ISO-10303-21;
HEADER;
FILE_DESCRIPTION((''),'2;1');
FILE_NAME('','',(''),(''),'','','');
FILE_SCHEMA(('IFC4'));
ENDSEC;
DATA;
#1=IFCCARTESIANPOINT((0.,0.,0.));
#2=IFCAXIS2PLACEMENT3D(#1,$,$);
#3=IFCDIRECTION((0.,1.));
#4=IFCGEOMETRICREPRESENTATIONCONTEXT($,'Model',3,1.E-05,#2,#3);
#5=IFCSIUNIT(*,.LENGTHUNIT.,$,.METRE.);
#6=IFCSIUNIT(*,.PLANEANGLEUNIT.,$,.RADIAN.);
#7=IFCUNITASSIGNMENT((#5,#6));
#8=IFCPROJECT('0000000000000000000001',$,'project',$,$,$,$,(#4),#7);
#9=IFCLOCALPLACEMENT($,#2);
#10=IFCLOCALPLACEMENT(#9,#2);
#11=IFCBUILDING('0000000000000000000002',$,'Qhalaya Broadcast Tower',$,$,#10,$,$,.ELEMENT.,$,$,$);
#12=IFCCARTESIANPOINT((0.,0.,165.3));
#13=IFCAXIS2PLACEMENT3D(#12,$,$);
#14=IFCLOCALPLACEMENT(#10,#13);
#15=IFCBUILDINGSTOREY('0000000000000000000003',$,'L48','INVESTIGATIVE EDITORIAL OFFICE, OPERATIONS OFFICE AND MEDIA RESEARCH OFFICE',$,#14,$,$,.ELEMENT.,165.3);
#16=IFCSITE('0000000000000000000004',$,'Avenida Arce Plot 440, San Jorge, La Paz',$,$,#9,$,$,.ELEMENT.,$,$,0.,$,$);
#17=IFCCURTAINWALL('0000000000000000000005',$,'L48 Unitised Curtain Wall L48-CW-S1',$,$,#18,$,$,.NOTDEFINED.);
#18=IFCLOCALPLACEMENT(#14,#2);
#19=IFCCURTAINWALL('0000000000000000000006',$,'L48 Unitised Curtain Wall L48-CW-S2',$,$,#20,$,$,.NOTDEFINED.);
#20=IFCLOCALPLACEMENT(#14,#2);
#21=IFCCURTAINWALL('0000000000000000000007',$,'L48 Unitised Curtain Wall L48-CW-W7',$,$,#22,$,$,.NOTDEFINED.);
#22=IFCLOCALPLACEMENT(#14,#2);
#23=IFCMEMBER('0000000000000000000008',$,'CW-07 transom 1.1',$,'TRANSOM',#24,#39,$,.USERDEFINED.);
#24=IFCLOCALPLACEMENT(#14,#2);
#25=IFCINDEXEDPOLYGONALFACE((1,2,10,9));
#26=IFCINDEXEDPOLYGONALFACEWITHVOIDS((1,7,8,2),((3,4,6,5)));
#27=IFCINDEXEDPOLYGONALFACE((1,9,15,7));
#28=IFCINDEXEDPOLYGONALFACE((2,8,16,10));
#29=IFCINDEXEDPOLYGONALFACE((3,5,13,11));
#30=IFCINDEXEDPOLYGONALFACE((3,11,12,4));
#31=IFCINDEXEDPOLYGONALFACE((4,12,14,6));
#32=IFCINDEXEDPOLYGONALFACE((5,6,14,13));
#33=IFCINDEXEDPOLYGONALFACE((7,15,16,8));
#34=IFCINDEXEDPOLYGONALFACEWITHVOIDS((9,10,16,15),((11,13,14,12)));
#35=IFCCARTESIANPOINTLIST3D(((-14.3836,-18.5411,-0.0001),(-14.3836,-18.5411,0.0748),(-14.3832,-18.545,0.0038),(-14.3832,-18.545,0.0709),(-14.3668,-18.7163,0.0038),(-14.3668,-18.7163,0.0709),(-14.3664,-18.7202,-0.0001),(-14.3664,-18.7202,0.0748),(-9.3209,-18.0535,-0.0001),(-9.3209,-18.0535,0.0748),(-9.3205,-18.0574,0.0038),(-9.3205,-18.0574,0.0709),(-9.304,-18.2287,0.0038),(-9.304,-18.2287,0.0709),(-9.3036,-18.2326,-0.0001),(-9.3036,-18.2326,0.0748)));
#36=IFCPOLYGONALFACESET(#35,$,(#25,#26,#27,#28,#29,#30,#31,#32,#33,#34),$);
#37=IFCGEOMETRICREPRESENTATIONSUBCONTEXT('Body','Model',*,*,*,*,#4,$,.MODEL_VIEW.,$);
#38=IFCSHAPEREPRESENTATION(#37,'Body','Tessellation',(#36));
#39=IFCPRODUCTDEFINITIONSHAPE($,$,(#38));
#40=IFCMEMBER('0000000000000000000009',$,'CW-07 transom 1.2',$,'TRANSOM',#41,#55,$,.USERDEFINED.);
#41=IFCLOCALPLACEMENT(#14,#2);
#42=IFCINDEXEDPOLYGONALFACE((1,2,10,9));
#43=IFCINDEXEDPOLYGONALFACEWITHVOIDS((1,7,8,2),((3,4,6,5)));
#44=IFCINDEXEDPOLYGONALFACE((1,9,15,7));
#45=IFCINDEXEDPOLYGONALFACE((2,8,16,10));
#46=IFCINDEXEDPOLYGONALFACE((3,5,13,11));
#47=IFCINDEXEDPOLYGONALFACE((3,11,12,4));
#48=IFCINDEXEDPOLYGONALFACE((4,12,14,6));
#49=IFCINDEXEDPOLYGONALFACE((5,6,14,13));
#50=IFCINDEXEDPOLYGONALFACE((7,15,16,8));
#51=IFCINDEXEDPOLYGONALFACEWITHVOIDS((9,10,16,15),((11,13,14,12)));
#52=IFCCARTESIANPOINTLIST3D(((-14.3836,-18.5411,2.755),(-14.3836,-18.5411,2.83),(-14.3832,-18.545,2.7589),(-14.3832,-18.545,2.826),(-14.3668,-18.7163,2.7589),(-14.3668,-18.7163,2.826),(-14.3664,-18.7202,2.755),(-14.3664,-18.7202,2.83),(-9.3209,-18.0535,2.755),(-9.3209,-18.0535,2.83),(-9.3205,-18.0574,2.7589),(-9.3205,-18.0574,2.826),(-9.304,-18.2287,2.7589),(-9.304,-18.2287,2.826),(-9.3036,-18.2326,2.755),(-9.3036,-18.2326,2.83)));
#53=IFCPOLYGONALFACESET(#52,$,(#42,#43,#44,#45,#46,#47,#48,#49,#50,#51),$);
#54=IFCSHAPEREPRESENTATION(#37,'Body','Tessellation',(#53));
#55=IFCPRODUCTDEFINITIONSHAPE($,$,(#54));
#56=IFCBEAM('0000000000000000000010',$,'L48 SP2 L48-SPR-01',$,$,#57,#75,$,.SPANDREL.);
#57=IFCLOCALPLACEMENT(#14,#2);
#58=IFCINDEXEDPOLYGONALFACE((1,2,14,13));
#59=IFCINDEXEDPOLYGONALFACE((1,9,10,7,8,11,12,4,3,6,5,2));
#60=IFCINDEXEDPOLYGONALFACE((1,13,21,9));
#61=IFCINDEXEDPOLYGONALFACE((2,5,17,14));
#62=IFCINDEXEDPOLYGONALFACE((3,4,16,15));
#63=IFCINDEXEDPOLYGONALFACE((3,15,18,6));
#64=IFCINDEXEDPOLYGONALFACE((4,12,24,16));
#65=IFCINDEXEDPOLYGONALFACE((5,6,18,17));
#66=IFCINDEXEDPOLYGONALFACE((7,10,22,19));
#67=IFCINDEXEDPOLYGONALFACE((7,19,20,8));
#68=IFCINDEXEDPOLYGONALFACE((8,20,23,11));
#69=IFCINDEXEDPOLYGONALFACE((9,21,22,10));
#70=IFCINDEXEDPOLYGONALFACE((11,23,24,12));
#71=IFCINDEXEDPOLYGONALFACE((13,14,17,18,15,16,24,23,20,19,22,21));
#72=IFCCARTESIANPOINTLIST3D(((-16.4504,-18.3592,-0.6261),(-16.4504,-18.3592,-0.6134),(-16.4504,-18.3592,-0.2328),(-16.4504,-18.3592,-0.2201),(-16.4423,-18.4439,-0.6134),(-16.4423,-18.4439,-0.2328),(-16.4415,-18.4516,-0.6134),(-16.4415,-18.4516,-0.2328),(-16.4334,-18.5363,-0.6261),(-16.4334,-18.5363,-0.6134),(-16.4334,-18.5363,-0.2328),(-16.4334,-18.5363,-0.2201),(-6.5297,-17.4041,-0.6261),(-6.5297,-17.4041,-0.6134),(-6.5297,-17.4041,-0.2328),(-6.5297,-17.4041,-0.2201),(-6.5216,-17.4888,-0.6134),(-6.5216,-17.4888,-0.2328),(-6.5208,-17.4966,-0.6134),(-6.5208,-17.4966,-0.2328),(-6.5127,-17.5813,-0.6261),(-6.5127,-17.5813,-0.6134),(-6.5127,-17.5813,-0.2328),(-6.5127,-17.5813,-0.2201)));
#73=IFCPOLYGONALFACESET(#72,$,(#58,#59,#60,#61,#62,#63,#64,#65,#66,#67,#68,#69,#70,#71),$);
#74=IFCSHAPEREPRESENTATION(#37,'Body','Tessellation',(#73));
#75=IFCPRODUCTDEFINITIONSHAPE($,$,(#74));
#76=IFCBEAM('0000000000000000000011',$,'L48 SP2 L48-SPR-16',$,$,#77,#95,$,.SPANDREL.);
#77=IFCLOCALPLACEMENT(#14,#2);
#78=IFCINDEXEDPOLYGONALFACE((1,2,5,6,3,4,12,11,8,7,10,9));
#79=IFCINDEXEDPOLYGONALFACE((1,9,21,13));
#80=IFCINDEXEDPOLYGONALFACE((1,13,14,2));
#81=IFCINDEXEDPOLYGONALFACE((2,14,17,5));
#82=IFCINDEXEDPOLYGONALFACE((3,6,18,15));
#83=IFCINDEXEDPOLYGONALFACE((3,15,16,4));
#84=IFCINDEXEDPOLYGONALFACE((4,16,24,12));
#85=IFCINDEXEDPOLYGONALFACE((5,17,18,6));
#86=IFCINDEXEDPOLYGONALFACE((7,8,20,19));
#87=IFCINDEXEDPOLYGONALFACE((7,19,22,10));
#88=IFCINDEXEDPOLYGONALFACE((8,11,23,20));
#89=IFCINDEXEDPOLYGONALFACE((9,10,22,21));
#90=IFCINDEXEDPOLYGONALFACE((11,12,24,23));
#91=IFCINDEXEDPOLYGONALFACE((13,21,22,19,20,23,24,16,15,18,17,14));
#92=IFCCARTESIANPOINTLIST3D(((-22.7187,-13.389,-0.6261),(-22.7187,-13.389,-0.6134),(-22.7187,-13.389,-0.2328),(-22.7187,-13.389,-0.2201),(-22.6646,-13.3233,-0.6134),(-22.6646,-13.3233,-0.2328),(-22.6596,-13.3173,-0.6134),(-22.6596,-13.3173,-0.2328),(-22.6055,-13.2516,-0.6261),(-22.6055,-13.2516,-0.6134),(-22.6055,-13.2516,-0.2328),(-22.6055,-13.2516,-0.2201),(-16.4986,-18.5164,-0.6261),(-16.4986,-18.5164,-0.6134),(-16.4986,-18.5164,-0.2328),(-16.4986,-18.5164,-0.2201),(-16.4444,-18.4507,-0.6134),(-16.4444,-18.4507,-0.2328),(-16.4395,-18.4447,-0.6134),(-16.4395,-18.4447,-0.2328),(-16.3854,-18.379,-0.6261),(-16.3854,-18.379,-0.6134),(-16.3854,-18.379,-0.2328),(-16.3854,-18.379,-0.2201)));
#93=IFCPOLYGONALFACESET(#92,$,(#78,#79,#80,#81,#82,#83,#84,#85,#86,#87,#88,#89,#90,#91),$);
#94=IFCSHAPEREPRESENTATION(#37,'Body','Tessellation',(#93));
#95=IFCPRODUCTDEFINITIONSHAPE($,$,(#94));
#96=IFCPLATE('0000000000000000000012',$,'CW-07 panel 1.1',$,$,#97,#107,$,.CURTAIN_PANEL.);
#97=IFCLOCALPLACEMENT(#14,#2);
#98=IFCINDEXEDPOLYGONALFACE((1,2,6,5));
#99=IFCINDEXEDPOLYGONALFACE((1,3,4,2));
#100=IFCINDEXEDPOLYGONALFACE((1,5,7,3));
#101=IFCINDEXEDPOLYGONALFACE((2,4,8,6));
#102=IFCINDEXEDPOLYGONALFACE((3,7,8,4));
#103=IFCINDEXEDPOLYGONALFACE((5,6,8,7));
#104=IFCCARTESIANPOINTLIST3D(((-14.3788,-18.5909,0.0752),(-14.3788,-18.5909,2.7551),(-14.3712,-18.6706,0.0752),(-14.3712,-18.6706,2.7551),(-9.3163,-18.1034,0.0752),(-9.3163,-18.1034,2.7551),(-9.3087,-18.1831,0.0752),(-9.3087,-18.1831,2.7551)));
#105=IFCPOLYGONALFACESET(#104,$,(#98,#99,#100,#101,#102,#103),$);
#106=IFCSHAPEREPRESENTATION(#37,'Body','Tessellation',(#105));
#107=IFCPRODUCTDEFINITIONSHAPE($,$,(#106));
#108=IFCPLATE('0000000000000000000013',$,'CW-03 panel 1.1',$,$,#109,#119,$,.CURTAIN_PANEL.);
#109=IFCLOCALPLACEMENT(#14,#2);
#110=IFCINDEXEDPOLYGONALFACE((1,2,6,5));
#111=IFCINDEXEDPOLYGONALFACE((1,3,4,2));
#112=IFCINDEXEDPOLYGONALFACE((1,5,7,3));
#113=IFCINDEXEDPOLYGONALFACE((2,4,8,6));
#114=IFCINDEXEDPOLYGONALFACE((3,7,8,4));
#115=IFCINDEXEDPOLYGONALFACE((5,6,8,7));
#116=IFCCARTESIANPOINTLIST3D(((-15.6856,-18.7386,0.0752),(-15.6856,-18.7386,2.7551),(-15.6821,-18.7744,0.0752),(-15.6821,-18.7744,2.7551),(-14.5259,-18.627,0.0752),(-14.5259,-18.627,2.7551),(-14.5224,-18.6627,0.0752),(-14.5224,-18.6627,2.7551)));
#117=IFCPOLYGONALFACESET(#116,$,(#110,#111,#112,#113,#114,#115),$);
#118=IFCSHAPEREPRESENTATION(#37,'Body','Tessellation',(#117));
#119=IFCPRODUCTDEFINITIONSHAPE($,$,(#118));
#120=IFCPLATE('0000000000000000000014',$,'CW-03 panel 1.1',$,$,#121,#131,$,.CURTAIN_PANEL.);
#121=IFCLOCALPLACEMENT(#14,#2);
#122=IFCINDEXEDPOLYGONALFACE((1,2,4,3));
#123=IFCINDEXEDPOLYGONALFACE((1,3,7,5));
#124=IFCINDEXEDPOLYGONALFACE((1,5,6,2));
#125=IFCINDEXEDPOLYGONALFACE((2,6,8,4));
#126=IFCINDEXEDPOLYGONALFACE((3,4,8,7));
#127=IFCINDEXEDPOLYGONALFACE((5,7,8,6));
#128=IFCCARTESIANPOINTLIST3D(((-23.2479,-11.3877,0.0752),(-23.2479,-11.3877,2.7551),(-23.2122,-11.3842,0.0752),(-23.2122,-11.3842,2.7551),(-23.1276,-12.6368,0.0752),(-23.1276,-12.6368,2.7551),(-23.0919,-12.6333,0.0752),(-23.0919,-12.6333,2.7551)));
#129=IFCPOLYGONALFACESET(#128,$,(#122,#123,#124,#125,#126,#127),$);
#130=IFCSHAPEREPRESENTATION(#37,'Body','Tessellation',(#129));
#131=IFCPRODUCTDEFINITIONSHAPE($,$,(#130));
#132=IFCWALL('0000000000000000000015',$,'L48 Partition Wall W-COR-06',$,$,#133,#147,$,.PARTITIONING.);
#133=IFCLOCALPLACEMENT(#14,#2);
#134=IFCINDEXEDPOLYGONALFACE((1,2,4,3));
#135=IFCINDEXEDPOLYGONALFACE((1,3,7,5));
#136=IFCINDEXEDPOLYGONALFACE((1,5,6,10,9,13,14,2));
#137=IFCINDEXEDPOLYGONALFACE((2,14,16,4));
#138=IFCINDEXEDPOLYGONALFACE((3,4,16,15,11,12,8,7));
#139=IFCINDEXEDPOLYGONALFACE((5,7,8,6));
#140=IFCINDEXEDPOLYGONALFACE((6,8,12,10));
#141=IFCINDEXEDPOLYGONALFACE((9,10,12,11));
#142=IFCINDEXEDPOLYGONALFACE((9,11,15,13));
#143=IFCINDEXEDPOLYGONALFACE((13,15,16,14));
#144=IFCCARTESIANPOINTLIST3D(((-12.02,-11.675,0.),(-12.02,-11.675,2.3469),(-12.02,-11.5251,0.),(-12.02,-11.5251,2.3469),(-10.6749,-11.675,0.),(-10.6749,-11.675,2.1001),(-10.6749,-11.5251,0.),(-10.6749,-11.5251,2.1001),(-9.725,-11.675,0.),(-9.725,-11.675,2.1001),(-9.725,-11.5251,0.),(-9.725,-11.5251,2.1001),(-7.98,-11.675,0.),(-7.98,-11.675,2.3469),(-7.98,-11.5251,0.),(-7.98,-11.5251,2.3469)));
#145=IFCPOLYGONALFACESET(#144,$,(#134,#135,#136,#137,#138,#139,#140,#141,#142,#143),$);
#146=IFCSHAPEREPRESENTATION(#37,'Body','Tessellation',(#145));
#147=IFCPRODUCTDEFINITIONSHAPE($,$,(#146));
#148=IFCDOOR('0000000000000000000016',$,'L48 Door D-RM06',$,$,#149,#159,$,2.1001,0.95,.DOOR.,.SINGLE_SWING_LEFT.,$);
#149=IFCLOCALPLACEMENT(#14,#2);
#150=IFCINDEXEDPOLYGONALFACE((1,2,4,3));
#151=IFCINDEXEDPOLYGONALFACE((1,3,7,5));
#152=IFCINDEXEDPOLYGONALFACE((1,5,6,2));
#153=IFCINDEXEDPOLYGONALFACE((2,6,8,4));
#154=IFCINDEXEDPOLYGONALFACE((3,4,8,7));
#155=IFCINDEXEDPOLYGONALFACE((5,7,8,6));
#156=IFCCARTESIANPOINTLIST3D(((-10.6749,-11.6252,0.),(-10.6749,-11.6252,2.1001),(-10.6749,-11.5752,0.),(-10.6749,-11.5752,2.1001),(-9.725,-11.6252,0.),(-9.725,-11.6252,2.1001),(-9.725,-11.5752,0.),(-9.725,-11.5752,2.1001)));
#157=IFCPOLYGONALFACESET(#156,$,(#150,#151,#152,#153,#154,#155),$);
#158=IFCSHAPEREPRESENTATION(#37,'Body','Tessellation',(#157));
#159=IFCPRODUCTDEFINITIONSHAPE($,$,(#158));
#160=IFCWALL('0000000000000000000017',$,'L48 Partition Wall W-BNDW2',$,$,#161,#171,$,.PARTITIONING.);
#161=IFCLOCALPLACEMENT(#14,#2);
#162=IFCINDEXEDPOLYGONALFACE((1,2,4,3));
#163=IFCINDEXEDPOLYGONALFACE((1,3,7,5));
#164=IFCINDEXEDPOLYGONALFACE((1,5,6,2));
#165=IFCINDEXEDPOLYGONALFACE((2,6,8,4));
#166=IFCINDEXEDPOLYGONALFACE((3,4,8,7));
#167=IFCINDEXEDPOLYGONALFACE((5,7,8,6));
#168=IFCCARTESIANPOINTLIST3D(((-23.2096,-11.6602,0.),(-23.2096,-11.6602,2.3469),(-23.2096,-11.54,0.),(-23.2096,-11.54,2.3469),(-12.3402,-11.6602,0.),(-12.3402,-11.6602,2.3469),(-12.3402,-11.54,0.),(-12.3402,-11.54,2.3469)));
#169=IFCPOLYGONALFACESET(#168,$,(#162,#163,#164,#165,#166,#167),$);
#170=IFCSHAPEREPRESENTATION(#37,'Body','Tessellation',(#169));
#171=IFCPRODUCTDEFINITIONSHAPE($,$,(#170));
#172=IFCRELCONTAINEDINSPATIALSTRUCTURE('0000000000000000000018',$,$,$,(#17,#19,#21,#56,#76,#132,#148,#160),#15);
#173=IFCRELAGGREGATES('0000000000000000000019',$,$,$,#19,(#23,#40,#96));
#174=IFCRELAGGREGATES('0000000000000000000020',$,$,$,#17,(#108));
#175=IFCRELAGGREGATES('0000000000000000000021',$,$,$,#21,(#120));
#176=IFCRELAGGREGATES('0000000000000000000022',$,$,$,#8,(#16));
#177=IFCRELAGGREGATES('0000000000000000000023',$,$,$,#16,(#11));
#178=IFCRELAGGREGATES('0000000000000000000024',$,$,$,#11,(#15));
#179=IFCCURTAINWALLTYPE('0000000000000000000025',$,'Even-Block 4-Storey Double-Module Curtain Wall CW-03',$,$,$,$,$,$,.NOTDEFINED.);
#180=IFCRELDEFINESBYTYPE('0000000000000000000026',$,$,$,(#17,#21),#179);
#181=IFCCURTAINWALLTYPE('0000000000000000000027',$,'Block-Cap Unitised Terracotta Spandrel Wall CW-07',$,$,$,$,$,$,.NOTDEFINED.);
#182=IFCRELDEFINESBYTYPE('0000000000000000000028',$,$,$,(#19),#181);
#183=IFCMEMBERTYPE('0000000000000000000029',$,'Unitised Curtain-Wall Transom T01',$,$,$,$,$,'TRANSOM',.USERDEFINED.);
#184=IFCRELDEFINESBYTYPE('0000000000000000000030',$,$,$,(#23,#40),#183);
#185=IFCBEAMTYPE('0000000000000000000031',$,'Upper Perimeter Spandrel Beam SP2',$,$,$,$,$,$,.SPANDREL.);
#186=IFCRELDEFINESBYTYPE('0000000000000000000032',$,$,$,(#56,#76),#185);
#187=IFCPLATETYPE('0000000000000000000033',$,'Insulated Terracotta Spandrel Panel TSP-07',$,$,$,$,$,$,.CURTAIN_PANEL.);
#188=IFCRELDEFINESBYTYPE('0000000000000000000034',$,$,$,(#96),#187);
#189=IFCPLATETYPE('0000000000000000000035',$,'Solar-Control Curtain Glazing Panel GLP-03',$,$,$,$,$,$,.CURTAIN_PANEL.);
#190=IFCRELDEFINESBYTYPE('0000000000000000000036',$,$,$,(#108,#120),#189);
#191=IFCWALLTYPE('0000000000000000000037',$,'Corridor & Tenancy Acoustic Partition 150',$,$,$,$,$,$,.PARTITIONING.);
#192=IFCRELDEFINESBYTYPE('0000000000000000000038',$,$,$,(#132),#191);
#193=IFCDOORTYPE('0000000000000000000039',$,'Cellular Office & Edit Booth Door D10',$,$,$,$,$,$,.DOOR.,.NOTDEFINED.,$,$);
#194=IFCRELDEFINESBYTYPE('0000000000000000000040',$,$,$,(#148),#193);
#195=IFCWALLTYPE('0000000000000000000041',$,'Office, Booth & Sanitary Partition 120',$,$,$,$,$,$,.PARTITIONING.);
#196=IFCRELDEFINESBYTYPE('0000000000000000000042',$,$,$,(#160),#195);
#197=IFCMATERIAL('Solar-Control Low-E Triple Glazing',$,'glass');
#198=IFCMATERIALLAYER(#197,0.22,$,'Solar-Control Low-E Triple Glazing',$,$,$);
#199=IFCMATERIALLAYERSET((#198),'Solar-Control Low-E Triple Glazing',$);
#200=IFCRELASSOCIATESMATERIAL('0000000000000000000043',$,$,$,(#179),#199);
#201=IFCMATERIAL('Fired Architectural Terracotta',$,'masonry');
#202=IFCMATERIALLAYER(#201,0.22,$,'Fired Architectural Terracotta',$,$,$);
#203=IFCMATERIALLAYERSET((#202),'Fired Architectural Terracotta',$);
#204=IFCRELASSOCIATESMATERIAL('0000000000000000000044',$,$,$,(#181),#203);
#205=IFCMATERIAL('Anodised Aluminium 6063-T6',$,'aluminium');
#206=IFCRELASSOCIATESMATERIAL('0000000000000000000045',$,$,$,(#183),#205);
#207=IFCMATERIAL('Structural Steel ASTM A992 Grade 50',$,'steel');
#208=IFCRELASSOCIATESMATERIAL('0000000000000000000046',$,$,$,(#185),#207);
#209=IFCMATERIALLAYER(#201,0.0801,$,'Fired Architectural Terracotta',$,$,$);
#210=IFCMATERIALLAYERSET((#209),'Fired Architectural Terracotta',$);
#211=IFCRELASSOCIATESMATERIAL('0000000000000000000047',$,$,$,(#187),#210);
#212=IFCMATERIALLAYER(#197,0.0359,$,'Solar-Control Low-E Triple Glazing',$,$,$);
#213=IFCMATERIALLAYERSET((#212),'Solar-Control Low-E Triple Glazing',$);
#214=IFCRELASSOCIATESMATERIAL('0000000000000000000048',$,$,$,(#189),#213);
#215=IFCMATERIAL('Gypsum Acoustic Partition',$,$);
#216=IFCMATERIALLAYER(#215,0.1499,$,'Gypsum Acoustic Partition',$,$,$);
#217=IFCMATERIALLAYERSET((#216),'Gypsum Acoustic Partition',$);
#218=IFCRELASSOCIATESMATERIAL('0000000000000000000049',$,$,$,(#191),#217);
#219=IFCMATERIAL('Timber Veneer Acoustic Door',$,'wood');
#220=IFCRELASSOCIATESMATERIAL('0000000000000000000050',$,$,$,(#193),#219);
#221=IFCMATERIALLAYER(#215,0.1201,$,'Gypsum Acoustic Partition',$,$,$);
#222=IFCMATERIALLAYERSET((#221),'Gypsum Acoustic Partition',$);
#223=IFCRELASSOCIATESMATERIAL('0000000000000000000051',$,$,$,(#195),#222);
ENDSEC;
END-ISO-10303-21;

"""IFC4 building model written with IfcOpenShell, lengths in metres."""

from ifc_helpers import new_model, si_unit, direction, frame, frame_2d, origin, origin_2d, place, context, subcontext, project, spatial, rectangle, hollow_rectangle, i_section, extrude, material, layer, layer_set, material_profile, profile_set, type_object, element, fill, aggregate, save


model = new_model("IFC4")

# Units and contexts
model_context = context("Model", 3, precision=1e-05, world=origin(), true_north=direction((0.0, 1.0)))
body_context = subcontext(model_context, "Body", "Model", "MODEL_VIEW")
ifc_project = project(units=[si_unit("LENGTHUNIT", "METRE"), si_unit("PLANEANGLEUNIT", "RADIAN")], contexts=[model_context])

# Site, building, storey
site_placement = place(None, origin())
site = spatial("IfcSite", under=ifc_project, at=site_placement, Name="Avenida Arce Plot 440, San Jorge, La Paz", CompositionType="ELEMENT", RefElevation=0.0)
building_placement = place(site_placement, origin())
building = spatial("IfcBuilding", under=site, at=building_placement, Name="Qhalaya Broadcast Tower", CompositionType="ELEMENT")
storey_placement = place(building_placement, frame((0.0, 0.0, 165.3)))
storey = spatial("IfcBuildingStorey", under=building, at=storey_placement, Name="L48", Description="INVESTIGATIVE EDITORIAL OFFICE, OPERATIONS OFFICE AND MEDIA RESEARCH OFFICE", CompositionType="ELEMENT", Elevation=165.3)

# Shared definitions
ifc_material_1 = material(Name="Structural Steel ASTM A992 Grade 50", Category="steel")

# Curtain wall
ifc_material_2 = material(Name="Solar-Control Low-E Triple Glazing", Category="glass")
ifc_layer_1 = layer(ifc_material_2, 0.22, Name="Solar-Control Low-E Triple Glazing")
ifc_layer_set_1 = layer_set([ifc_layer_1], Name="Solar-Control Low-E Triple Glazing")
curtain_wall_type_1 = type_object("IfcCurtainWallType", Name="Even-Block 4-Storey Double-Module Curtain Wall CW-03", PredefinedType="NOTDEFINED", material=ifc_layer_set_1)
curtain_wall_1_placement = place(storey_placement, origin())
curtain_wall_1 = element("IfcCurtainWall", 1, at=curtain_wall_1_placement, inside=storey, type_object=curtain_wall_type_1, Name="L48 Unitised Curtain Wall L48-CW-S1", PredefinedType="NOTDEFINED")
ifc_material_3 = material(Name="Anodised Aluminium 6063-T6", Category="aluminium")

# Curtain walls
ifc_material_4 = material(Name="Fired Architectural Terracotta", Category="masonry")
ifc_layer_2 = layer(ifc_material_4, 0.22, Name="Fired Architectural Terracotta")
ifc_layer_set_2 = layer_set([ifc_layer_2], Name="Fired Architectural Terracotta")
curtain_wall_type_2 = type_object("IfcCurtainWallType", Name="Block-Cap Unitised Terracotta Spandrel Wall CW-07", PredefinedType="NOTDEFINED", material=ifc_layer_set_2)
curtain_wall_2_placement = place(storey_placement, origin())
curtain_wall_2 = element("IfcCurtainWall", 2, at=curtain_wall_2_placement, inside=storey, type_object=curtain_wall_type_2, Name="L48 Unitised Curtain Wall L48-CW-S2", PredefinedType="NOTDEFINED")
curtain_wall_3_placement = place(storey_placement, origin())
curtain_wall_3 = element("IfcCurtainWall", 3, at=curtain_wall_3_placement, inside=storey, type_object=curtain_wall_type_1, Name="L48 Unitised Curtain Wall L48-CW-W7", PredefinedType="NOTDEFINED")

# Members
ifc_material_profile_1 = material_profile(ifc_material_3, hollow_rectangle(XDim=0.075, YDim=0.1799, WallThickness=0.0039, at=origin_2d()), Name="ALU-TRN 75x180x4")
ifc_profile_set_1 = profile_set([ifc_material_profile_1], Name="Anodised Aluminium 6063-T6")
member_type_1 = type_object("IfcMemberType", Name="Unitised Curtain-Wall Transom T01", ElementType="TRANSOM", PredefinedType="USERDEFINED", material=ifc_profile_set_1)
member_1_placement = place(storey_placement, frame((-14.375, -18.6306, 0.0374), z_axis=(0.995395, 0.095858, 0.0), x_axis=(0.0, 0.0, 1.0)))
member_1 = element("IfcMember", 4, at=member_1_placement, type_object=member_type_1, Name="CW-07 transom 1.1", ObjectType="TRANSOM", PredefinedType="USERDEFINED", context=body_context, shape_type="SweptSolid", body=[
    extrude(hollow_rectangle(XDim=0.075, YDim=0.1799, WallThickness=0.0039, at=origin_2d()), origin(), (0.0, 0.0, 1.0), 5.0862),
])
member_2_placement = place(storey_placement, frame((-14.375, -18.6306, 2.7925), z_axis=(0.995395, 0.095858, 0.0), x_axis=(0.0, 0.0, 1.0)))
member_2 = element("IfcMember", 5, at=member_2_placement, type_object=member_type_1, Name="CW-07 transom 1.2", ObjectType="TRANSOM", PredefinedType="USERDEFINED", context=body_context, shape_type="SweptSolid", body=[
    extrude(hollow_rectangle(XDim=0.075, YDim=0.1799, WallThickness=0.0039, at=origin_2d()), origin(), (0.0, 0.0, 1.0), 5.0862),
])

# Beams
ifc_material_profile_2 = material_profile(ifc_material_1, i_section(OverallWidth=0.178, OverallDepth=0.406, WebThickness=0.0078, FlangeThickness=0.0127, at=origin_2d()), Name="W16X40")
ifc_profile_set_2 = profile_set([ifc_material_profile_2], Name="Structural Steel ASTM A992 Grade 50")
beam_type_1 = type_object("IfcBeamType", Name="Upper Perimeter Spandrel Beam SP2", PredefinedType="SPANDREL", material=ifc_profile_set_2)
beam_1_placement = place(storey_placement, frame((-16.4419, -18.4478, -0.4231), z_axis=(0.995398, 0.095829, 0.0), x_axis=(-0.095829, 0.995398, 0.0)))
element("IfcBeam", 6, at=beam_1_placement, inside=storey, type_object=beam_type_1, Name="L48 SP2 L48-SPR-01", PredefinedType="SPANDREL", context=body_context, shape_type="SweptSolid", body=[
    extrude(i_section(OverallWidth=0.178, OverallDepth=0.406, WebThickness=0.0078, FlangeThickness=0.0127, at=origin_2d()), origin(), (0.0, 0.0, 1.0), 9.9666),
])
beam_2_placement = place(storey_placement, frame((-22.6621, -13.3203, -0.4231), z_axis=(0.771631, -0.63607, 0.0), x_axis=(0.63607, 0.771631, 0.0)))
element("IfcBeam", 7, at=beam_2_placement, inside=storey, type_object=beam_type_1, Name="L48 SP2 L48-SPR-16", PredefinedType="SPANDREL", context=body_context, shape_type="SweptSolid", body=[
    extrude(i_section(OverallWidth=0.178, OverallDepth=0.406, WebThickness=0.0078, FlangeThickness=0.0127, at=origin_2d()), origin(), (0.0, 0.0, 1.0), 8.061),
])

# Plates
ifc_layer_3 = layer(ifc_material_4, 0.0801, Name="Fired Architectural Terracotta")
ifc_layer_set_3 = layer_set([ifc_layer_3], Name="Fired Architectural Terracotta")
plate_type_1 = type_object("IfcPlateType", Name="Insulated Terracotta Spandrel Panel TSP-07", PredefinedType="CURTAIN_PANEL", material=ifc_layer_set_3)
plate_1_placement = place(storey_placement, frame((-11.8438, -18.387, 0.0752), z_axis=(0.0, 0.0, 1.0), x_axis=(0.995395, 0.095855, 0.0)))
plate_1 = element("IfcPlate", 8, at=plate_1_placement, type_object=plate_type_1, Name="CW-07 panel 1.1", PredefinedType="CURTAIN_PANEL", context=body_context, shape_type="SweptSolid", body=[
    extrude(rectangle(XDim=5.0859, YDim=0.0801, at=origin_2d()), origin(), (0.0, 0.0, 1.0), 2.6799),
])
aggregate(curtain_wall_2, [member_1, member_2, plate_1])
ifc_layer_4 = layer(ifc_material_2, 0.0359, Name="Solar-Control Low-E Triple Glazing")
ifc_layer_set_4 = layer_set([ifc_layer_4], Name="Solar-Control Low-E Triple Glazing")
plate_type_2 = type_object("IfcPlateType", Name="Solar-Control Curtain Glazing Panel GLP-03", PredefinedType="CURTAIN_PANEL", material=ifc_layer_set_4)
plate_2_placement = place(storey_placement, frame((-15.104, -18.7007, 0.0752), z_axis=(0.0, 0.0, 1.0), x_axis=(0.995399, 0.095821, 0.0)))
plate_2 = element("IfcPlate", 9, at=plate_2_placement, type_object=plate_type_2, Name="CW-03 panel 1.1", PredefinedType="CURTAIN_PANEL", context=body_context, shape_type="SweptSolid", body=[
    extrude(rectangle(XDim=1.165, YDim=0.0359, at=origin_2d()), origin(), (0.0, 0.0, 1.0), 2.6799),
])
aggregate(curtain_wall_1, [plate_2])
plate_3_placement = place(storey_placement, frame((-23.1699, -12.0105, 0.0752), z_axis=(0.0, 0.0, 1.0), x_axis=(0.095874, -0.995393, 0.0)))
plate_3 = element("IfcPlate", 10, at=plate_3_placement, type_object=plate_type_2, Name="CW-03 panel 1.1", PredefinedType="CURTAIN_PANEL", context=body_context, shape_type="SweptSolid", body=[
    extrude(rectangle(XDim=1.2549, YDim=0.0359, at=origin_2d()), origin(), (0.0, 0.0, 1.0), 2.6799),
])
aggregate(curtain_wall_3, [plate_3])

# Wall, opening, door
ifc_material_5 = material(Name="Gypsum Acoustic Partition")
ifc_layer_5 = layer(ifc_material_5, 0.1499, Name="Gypsum Acoustic Partition")
ifc_layer_set_5 = layer_set([ifc_layer_5], Name="Gypsum Acoustic Partition")
wall_type_1 = type_object("IfcWallType", Name="Corridor & Tenancy Acoustic Partition 150", PredefinedType="PARTITIONING", material=ifc_layer_set_5)
wall_1_placement = place(storey_placement, frame((-12.02, -11.6001, 0.0), z_axis=(0.0, 0.0, 1.0), x_axis=(1.0, 0.0, 0.0)))
wall_1 = element("IfcWall", 11, at=wall_1_placement, inside=storey, type_object=wall_type_1, Name="L48 Partition Wall W-COR-06", PredefinedType="PARTITIONING", context=body_context, shape_type="SweptSolid", body=[
    extrude(rectangle(XDim=4.04, YDim=0.1499, at=frame_2d((2.02, 0.0))), origin(), (0.0, 0.0, 1.0), 2.3469),
])
opening_placement = place(wall_1_placement, frame((1.345, 0.0, 0.0)))
opening = element("IfcOpeningElement", 12, at=opening_placement, cuts=wall_1, PredefinedType="OPENING", context=body_context, shape_type="SweptSolid", body=[
    extrude(rectangle(XDim=0.95, YDim=2.1001, at=frame_2d((0.4751, 1.05))), frame((0.0, 0.0869, 0.0), z_axis=(0.0, -1.0, 0.0), x_axis=(1.0, 0.0, 0.0)), (0.0, 0.0, 1.0), 0.1738),
])
ifc_material_6 = material(Name="Timber Veneer Acoustic Door", Category="wood")
door_type = type_object("IfcDoorType", Name="Cellular Office & Edit Booth Door D10", OperationType="NOTDEFINED", PredefinedType="DOOR", material=ifc_material_6)
door_placement = place(opening_placement, origin())
door = element("IfcDoor", 13, at=door_placement, inside=storey, type_object=door_type, Name="L48 Door D-RM06", OperationType="SINGLE_SWING_LEFT", OverallHeight=2.1001, OverallWidth=0.95, PredefinedType="DOOR", context=body_context, shape_type="SweptSolid", body=[
    extrude(rectangle(XDim=0.95, YDim=2.1001, at=frame_2d((0.4751, 1.05))), frame((0.0, 0.0249, 0.0), z_axis=(0.0, -1.0, 0.0), x_axis=(1.0, 0.0, 0.0)), (0.0, 0.0, 1.0), 0.05),
])
fill(opening, door)

# Wall
ifc_layer_6 = layer(ifc_material_5, 0.1201, Name="Gypsum Acoustic Partition")
ifc_layer_set_6 = layer_set([ifc_layer_6], Name="Gypsum Acoustic Partition")
wall_type_2 = type_object("IfcWallType", Name="Office, Booth & Sanitary Partition 120", PredefinedType="PARTITIONING", material=ifc_layer_set_6)
wall_2_placement = place(storey_placement, frame((-23.2095, -11.6001, 0.0), z_axis=(0.0, 0.0, 1.0), x_axis=(1.0, 0.0, 0.0)))
element("IfcWall", 14, at=wall_2_placement, inside=storey, type_object=wall_type_2, Name="L48 Partition Wall W-BNDW2", PredefinedType="PARTITIONING", context=body_context, shape_type="SweptSolid", body=[
    extrude(rectangle(XDim=10.8694, YDim=0.1201, at=frame_2d((5.4346, 0.0))), origin(), (0.0, 0.0, 1.0), 2.3469),
])

save(model, "model.ifc")
